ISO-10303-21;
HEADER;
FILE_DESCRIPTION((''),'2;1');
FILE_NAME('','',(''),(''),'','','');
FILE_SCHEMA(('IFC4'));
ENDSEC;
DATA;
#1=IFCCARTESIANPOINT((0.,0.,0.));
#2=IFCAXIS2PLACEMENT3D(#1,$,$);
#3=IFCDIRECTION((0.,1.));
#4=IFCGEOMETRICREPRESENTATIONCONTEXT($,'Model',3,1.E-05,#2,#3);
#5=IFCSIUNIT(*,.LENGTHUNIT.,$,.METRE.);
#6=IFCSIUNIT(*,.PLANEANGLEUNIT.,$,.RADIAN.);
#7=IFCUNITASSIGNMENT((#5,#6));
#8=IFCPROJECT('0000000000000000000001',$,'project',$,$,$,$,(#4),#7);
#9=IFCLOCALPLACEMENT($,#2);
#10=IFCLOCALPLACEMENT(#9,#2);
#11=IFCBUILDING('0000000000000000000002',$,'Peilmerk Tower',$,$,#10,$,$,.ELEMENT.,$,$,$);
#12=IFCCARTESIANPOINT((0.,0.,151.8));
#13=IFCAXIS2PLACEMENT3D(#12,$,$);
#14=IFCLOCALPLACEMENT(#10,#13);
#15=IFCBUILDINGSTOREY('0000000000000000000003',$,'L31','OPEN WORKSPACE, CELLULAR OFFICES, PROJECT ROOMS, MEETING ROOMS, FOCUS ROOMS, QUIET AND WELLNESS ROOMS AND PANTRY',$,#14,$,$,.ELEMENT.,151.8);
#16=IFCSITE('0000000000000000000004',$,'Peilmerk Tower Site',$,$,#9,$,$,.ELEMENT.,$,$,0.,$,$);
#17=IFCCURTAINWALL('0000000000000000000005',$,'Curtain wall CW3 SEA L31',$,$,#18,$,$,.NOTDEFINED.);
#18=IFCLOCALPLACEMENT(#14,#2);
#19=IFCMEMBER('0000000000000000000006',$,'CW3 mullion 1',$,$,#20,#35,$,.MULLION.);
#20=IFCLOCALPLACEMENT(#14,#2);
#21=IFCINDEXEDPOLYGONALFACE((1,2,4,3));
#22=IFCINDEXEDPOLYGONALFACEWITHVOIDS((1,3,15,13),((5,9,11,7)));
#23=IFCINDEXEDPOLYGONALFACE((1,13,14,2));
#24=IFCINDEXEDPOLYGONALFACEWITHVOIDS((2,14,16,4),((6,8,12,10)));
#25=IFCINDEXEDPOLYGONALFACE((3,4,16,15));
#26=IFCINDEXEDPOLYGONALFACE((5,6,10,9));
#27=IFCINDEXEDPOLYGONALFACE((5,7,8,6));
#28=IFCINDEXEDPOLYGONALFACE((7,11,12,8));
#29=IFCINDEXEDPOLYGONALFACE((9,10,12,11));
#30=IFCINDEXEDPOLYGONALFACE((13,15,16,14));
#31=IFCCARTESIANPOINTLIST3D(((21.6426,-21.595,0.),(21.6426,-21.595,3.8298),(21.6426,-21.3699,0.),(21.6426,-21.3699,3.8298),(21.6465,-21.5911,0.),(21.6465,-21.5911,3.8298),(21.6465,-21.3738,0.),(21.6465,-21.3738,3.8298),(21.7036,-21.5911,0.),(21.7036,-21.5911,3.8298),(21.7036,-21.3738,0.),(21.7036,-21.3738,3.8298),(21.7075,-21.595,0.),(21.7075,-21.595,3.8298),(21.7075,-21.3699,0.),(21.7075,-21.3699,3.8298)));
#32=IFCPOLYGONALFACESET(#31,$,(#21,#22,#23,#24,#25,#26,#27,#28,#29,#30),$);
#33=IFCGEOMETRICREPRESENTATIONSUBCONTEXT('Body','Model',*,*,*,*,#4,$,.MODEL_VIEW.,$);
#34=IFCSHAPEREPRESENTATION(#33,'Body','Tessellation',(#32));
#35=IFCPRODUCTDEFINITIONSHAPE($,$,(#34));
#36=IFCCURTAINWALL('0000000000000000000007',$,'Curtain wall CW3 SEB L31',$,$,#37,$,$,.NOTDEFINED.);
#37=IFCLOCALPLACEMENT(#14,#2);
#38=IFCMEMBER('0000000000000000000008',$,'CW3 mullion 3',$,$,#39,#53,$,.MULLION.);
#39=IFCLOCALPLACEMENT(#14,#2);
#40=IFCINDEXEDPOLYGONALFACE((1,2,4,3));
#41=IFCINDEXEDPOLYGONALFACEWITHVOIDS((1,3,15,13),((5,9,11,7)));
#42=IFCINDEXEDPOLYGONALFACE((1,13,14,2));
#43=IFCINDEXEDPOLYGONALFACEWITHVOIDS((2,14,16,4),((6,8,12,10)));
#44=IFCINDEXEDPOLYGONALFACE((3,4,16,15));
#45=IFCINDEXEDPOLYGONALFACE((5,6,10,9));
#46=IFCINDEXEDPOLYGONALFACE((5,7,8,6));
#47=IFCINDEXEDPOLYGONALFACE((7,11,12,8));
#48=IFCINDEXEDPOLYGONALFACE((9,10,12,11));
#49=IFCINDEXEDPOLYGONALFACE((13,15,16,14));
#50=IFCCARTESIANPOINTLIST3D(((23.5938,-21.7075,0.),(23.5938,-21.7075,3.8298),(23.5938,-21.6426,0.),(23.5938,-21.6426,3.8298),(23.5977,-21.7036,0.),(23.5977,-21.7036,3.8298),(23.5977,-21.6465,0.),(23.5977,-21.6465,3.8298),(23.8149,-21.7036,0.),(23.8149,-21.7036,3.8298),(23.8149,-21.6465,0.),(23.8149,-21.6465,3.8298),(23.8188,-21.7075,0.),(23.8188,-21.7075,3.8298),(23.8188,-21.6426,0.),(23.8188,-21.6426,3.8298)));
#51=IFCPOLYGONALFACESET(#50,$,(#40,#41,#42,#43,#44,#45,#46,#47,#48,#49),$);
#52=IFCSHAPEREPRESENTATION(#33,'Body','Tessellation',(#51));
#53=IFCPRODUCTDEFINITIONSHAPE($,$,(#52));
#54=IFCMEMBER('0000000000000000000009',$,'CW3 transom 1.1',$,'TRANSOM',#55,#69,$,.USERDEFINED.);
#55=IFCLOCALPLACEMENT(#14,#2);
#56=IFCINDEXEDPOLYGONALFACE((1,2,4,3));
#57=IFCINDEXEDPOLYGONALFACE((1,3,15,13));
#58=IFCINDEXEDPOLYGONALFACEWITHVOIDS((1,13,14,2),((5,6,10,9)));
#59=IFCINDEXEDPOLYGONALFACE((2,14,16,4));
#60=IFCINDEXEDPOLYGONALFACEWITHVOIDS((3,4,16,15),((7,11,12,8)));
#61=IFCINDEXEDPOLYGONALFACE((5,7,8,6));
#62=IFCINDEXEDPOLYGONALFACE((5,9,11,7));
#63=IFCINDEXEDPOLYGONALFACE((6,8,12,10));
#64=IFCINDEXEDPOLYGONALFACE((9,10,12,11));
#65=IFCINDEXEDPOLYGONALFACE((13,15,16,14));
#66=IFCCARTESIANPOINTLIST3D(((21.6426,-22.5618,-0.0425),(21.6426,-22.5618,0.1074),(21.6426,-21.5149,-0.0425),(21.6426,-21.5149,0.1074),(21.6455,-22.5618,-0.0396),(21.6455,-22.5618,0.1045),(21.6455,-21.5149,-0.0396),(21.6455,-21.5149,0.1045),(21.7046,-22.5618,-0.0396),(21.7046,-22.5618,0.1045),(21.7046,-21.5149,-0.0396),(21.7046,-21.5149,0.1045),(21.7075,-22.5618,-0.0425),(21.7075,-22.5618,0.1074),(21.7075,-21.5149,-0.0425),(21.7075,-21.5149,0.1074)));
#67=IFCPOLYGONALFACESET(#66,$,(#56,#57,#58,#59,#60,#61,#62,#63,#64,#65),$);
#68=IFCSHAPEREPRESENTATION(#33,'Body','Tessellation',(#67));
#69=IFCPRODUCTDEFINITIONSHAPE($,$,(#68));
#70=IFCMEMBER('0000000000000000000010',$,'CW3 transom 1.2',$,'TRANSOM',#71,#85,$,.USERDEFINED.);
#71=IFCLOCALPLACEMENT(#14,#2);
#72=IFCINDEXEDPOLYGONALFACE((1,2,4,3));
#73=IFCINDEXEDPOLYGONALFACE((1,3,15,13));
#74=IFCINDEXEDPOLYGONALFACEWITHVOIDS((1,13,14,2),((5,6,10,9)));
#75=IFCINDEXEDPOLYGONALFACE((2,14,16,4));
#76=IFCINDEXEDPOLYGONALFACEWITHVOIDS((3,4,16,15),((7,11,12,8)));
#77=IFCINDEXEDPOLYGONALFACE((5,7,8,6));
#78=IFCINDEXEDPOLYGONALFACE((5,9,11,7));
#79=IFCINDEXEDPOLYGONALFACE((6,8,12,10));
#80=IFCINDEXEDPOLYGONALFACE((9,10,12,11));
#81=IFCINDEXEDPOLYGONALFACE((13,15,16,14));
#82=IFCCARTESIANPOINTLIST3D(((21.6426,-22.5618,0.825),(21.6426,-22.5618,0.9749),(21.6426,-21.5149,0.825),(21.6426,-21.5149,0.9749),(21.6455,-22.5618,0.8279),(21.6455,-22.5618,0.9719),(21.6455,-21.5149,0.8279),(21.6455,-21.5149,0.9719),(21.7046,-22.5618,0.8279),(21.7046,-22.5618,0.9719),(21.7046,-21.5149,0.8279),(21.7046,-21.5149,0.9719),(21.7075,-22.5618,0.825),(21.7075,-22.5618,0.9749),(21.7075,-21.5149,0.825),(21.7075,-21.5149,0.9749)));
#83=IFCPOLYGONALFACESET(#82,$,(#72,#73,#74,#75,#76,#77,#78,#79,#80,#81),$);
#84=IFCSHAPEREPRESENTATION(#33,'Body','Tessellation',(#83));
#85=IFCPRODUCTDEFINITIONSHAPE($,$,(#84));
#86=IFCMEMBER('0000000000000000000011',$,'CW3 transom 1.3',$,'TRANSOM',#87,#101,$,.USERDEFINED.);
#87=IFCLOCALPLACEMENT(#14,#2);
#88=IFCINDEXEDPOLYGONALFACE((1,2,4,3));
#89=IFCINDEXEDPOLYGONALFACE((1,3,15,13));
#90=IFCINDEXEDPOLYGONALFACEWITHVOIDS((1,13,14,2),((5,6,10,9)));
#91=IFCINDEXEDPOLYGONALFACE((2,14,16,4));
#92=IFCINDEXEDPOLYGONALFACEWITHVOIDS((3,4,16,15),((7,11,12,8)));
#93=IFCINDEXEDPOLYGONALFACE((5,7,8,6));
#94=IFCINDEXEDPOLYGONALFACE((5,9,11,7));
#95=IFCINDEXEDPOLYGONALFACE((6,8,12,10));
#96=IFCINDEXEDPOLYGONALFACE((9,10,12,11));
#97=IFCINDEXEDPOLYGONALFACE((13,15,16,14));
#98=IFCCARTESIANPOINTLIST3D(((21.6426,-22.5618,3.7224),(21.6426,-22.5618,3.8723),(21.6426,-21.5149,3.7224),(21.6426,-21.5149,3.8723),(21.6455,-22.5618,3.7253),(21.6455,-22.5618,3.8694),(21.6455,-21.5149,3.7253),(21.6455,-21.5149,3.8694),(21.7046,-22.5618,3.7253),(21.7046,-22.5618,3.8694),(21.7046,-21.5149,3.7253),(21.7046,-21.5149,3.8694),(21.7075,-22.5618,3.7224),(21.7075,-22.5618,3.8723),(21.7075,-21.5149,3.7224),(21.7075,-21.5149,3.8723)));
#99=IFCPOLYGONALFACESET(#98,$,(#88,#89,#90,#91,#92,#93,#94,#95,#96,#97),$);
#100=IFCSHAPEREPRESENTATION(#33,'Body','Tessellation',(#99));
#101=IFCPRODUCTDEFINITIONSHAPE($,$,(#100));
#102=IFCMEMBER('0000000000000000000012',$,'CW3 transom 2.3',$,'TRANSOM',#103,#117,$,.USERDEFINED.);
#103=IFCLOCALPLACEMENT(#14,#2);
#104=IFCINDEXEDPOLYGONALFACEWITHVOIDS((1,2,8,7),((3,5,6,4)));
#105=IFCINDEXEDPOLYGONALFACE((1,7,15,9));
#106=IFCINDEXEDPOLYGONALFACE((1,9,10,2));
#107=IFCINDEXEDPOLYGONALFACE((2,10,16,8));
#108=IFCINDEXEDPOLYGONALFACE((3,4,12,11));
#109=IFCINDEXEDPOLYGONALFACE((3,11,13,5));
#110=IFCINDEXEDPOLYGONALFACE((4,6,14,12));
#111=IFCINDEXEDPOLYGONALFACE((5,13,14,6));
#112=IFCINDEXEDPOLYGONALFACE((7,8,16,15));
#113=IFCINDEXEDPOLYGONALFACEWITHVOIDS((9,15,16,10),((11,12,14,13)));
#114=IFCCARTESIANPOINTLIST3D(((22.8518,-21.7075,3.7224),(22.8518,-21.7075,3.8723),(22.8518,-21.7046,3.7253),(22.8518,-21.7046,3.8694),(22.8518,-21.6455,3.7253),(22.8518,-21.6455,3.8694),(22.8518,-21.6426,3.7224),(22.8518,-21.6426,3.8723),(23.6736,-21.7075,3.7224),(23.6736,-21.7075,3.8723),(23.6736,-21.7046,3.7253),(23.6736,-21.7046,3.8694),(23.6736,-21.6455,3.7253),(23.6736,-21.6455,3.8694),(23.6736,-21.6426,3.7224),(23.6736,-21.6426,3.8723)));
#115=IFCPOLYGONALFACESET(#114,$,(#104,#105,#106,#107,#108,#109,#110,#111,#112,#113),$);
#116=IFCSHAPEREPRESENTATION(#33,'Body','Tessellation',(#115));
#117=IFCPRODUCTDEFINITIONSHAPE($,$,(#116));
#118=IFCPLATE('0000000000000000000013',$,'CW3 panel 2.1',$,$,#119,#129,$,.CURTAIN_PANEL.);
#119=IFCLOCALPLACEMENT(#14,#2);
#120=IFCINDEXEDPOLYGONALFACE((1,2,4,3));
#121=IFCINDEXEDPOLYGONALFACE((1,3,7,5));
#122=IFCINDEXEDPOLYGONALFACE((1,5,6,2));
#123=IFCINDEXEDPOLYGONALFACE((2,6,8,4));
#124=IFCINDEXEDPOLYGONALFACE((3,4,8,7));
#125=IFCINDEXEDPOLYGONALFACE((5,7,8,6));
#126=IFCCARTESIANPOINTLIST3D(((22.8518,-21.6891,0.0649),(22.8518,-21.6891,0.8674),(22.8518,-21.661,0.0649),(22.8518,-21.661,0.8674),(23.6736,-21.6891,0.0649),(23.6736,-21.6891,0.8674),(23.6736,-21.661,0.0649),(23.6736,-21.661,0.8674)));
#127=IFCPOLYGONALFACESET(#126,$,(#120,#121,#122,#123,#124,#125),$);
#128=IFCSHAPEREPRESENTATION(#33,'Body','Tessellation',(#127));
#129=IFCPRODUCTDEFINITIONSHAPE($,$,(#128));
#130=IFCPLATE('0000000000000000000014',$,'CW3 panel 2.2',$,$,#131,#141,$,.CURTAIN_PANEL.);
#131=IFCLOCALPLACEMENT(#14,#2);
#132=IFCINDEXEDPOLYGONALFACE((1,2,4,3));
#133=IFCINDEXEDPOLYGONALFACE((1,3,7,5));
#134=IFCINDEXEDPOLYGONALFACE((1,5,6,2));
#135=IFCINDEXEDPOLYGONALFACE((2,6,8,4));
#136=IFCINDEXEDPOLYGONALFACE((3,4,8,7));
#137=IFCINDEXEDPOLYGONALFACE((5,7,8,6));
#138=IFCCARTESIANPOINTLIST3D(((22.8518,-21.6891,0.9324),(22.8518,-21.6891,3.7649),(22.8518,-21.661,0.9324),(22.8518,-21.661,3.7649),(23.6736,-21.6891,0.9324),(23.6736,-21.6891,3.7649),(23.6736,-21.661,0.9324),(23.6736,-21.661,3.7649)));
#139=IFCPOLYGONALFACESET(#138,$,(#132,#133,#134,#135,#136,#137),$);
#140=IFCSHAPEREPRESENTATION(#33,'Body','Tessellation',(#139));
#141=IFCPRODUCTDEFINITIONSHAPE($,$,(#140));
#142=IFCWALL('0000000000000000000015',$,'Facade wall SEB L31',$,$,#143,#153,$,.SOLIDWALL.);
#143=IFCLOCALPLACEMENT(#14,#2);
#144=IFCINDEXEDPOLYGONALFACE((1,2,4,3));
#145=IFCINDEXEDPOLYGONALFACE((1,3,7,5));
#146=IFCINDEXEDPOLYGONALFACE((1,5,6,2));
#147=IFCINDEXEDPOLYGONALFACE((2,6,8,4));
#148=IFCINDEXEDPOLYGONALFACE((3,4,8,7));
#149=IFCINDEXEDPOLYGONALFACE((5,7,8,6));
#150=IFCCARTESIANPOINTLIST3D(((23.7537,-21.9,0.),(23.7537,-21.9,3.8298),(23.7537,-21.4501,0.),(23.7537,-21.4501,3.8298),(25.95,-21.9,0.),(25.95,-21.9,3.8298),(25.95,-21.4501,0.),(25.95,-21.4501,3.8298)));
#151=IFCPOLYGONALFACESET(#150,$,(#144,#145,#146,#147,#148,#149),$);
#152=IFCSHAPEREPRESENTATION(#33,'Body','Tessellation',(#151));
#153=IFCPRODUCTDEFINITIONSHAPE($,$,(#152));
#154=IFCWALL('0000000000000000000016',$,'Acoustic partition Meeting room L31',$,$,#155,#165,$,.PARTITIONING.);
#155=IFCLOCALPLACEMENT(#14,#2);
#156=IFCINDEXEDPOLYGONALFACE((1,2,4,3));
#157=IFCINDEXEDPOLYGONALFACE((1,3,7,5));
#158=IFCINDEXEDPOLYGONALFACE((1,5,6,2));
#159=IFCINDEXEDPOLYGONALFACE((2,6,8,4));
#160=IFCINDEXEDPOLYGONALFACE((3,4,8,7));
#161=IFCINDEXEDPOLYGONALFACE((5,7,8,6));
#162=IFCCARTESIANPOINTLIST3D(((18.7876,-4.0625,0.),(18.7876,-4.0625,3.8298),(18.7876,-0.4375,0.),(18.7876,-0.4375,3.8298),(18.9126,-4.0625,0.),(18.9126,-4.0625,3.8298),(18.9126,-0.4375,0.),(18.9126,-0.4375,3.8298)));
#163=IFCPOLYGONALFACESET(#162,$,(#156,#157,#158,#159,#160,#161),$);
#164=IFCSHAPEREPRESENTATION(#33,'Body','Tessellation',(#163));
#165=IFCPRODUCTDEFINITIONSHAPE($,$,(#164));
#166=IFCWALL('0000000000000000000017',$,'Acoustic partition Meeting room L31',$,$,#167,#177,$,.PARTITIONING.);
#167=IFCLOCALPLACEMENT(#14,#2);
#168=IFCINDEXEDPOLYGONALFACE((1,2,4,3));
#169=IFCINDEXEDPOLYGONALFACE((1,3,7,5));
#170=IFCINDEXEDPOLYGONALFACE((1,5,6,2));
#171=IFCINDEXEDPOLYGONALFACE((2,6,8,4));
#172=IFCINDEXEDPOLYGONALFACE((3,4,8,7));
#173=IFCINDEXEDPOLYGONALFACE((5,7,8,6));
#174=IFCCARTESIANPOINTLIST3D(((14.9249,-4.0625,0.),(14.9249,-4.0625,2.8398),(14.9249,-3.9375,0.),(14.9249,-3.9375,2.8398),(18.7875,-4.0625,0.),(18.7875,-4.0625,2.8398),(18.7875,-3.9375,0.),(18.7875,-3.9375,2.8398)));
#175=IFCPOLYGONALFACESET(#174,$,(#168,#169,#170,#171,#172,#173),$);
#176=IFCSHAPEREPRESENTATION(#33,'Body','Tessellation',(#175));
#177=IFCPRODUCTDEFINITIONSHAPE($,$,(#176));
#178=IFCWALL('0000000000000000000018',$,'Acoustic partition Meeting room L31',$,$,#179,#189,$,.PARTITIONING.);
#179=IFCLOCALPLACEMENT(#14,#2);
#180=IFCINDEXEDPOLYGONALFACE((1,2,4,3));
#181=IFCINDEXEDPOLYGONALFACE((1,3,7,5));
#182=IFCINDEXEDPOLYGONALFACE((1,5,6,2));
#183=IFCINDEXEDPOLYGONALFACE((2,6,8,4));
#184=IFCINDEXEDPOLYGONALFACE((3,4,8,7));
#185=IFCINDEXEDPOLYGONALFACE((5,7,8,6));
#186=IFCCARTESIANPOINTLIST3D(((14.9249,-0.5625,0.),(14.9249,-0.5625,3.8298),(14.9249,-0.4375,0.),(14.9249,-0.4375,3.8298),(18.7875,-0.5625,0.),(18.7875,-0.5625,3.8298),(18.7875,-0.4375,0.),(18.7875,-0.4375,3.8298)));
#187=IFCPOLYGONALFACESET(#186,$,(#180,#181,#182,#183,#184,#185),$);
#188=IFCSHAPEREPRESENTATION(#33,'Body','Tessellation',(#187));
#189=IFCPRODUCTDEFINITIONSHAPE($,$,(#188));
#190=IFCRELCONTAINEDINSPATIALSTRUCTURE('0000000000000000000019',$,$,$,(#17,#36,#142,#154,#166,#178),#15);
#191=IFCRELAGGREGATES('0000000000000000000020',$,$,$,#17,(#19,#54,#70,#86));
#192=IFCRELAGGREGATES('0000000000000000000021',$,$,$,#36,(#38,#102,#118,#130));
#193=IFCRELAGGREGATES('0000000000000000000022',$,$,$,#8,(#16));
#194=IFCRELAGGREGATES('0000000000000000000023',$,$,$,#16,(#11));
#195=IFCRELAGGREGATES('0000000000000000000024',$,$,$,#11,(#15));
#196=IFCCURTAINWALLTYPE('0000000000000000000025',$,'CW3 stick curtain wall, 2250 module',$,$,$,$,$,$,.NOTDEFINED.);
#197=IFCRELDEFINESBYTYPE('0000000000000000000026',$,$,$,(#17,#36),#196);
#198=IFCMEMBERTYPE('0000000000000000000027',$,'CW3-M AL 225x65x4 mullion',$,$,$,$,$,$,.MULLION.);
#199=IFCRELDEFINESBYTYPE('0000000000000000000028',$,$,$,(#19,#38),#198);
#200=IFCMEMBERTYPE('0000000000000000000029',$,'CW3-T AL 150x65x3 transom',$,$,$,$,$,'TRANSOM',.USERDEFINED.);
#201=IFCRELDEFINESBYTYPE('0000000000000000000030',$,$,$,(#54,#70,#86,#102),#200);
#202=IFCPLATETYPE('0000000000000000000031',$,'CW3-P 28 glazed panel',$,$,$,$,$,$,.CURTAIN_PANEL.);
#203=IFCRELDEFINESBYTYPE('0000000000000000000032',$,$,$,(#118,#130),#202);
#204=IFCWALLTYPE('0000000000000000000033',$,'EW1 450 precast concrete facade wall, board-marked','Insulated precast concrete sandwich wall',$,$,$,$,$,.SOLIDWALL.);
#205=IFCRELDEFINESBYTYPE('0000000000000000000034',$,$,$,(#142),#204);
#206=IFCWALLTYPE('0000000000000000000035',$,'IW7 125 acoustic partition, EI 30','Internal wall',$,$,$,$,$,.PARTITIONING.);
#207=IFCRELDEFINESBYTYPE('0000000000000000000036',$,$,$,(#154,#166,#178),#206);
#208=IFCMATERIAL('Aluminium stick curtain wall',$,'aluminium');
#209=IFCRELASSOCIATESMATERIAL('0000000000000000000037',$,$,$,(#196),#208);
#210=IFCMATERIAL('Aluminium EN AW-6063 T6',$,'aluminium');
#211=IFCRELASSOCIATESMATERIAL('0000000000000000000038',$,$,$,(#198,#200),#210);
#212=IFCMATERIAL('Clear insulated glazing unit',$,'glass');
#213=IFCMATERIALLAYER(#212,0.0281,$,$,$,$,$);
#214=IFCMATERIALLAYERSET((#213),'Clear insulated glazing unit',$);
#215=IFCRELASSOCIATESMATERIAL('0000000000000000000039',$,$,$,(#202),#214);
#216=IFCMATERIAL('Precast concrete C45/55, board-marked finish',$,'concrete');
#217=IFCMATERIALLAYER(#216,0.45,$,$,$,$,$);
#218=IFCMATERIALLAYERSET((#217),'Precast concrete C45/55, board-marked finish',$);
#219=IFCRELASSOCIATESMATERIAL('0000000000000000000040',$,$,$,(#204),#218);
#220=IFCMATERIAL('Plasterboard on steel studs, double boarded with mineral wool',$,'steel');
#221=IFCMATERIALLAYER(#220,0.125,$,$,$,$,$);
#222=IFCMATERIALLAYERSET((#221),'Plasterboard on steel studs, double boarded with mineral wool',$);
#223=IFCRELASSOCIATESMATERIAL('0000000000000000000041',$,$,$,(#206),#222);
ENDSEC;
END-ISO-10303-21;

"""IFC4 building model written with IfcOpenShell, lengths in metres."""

from ifc_helpers import new_model, si_unit, direction, frame, frame_2d, origin, origin_2d, place, context, subcontext, project, spatial, rectangle, hollow_rectangle, extrude, material, layer, layer_set, material_profile, profile_set, type_object, element, aggregate, save


model = new_model("IFC4")

# Units and contexts
model_context = context("Model", 3, precision=1e-05, world=origin(), true_north=direction((0.0, 1.0)))
body_context = subcontext(model_context, "Body", "Model", "MODEL_VIEW")
ifc_project = project(units=[si_unit("LENGTHUNIT", "METRE"), si_unit("PLANEANGLEUNIT", "RADIAN")], contexts=[model_context])

# Site, building, storey
site_placement = place(None, origin())
site = spatial("IfcSite", under=ifc_project, at=site_placement, Name="Peilmerk Tower Site", CompositionType="ELEMENT", RefElevation=0.0)
building_placement = place(site_placement, origin())
building = spatial("IfcBuilding", under=site, at=building_placement, Name="Peilmerk Tower", CompositionType="ELEMENT")
storey_placement = place(building_placement, frame((0.0, 0.0, 151.8)))
storey = spatial("IfcBuildingStorey", under=building, at=storey_placement, Name="L31", Description="OPEN WORKSPACE, CELLULAR OFFICES, PROJECT ROOMS, MEETING ROOMS, FOCUS ROOMS, QUIET AND WELLNESS ROOMS AND PANTRY", CompositionType="ELEMENT", Elevation=151.8)

# Curtain walls, members
ifc_material_1 = material(Name="Aluminium stick curtain wall", Category="aluminium")
curtain_wall_type = type_object("IfcCurtainWallType", Name="CW3 stick curtain wall, 2250 module", PredefinedType="NOTDEFINED", material=ifc_material_1)
curtain_wall_1_placement = place(storey_placement, origin())
curtain_wall_1 = element("IfcCurtainWall", 1, at=curtain_wall_1_placement, inside=storey, type_object=curtain_wall_type, Name="Curtain wall CW3 SEA L31", PredefinedType="NOTDEFINED")
ifc_material_2 = material(Name="Aluminium EN AW-6063 T6", Category="aluminium")
ifc_material_profile_1 = material_profile(ifc_material_2, hollow_rectangle(XDim=0.0649, YDim=0.2251, WallThickness=0.0039, at=origin_2d()), Name="AL 225x65x4")
ifc_profile_set_1 = profile_set([ifc_material_profile_1], Name="Aluminium EN AW-6063 T6")
member_type_1 = type_object("IfcMemberType", Name="CW3-M AL 225x65x4 mullion", PredefinedType="MULLION", material=ifc_profile_set_1)
member_1_placement = place(storey_placement, frame((21.675, -21.4824, 0.0), z_axis=(0.0, 0.0, 1.0), x_axis=(1.0, 0.0, 0.0)))
member_1 = element("IfcMember", 2, at=member_1_placement, type_object=member_type_1, Name="CW3 mullion 1", PredefinedType="MULLION", context=body_context, shape_type="SweptSolid", body=[
    extrude(hollow_rectangle(XDim=0.0649, YDim=0.2251, WallThickness=0.0039, at=origin_2d()), origin(), (0.0, 0.0, 1.0), 3.8298),
])
curtain_wall_2_placement = place(storey_placement, origin())
curtain_wall_2 = element("IfcCurtainWall", 3, at=curtain_wall_2_placement, inside=storey, type_object=curtain_wall_type, Name="Curtain wall CW3 SEB L31", PredefinedType="NOTDEFINED")
member_2_placement = place(storey_placement, frame((23.7063, -21.675, 0.0), z_axis=(0.0, 0.0, 1.0), x_axis=(0.0, 1.0, 0.0)))
member_2 = element("IfcMember", 4, at=member_2_placement, type_object=member_type_1, Name="CW3 mullion 3", PredefinedType="MULLION", context=body_context, shape_type="SweptSolid", body=[
    extrude(hollow_rectangle(XDim=0.0649, YDim=0.2251, WallThickness=0.0039, at=origin_2d()), origin(), (0.0, 0.0, 1.0), 3.8298),
])

# Members
ifc_material_profile_2 = material_profile(ifc_material_2, hollow_rectangle(XDim=0.0649, YDim=0.1499, WallThickness=0.0029, at=origin_2d()), Name="AL 150x65x3")
ifc_profile_set_2 = profile_set([ifc_material_profile_2], Name="Aluminium EN AW-6063 T6")
member_type_2 = type_object("IfcMemberType", Name="CW3-T AL 150x65x3 transom", ElementType="TRANSOM", PredefinedType="USERDEFINED", material=ifc_profile_set_2)
member_3_placement = place(storey_placement, frame((21.675, -21.5149, 0.0325), z_axis=(0.0, -1.0, 0.0), x_axis=(1.0, 0.0, 0.0)))
member_3 = element("IfcMember", 5, at=member_3_placement, type_object=member_type_2, Name="CW3 transom 1.1", ObjectType="TRANSOM", PredefinedType="USERDEFINED", context=body_context, shape_type="SweptSolid", body=[
    extrude(hollow_rectangle(XDim=0.0649, YDim=0.1499, WallThickness=0.0029, at=origin_2d()), origin(), (0.0, 0.0, 1.0), 1.0469),
])
member_4_placement = place(storey_placement, frame((21.675, -21.5149, 0.8999), z_axis=(0.0, -1.0, 0.0), x_axis=(1.0, 0.0, 0.0)))
member_4 = element("IfcMember", 6, at=member_4_placement, type_object=member_type_2, Name="CW3 transom 1.2", ObjectType="TRANSOM", PredefinedType="USERDEFINED", context=body_context, shape_type="SweptSolid", body=[
    extrude(hollow_rectangle(XDim=0.0649, YDim=0.1499, WallThickness=0.0029, at=origin_2d()), origin(), (0.0, 0.0, 1.0), 1.0469),
])
member_5_placement = place(storey_placement, frame((21.675, -21.5149, 3.7974), z_axis=(0.0, -1.0, 0.0), x_axis=(1.0, 0.0, 0.0)))
member_5 = element("IfcMember", 7, at=member_5_placement, type_object=member_type_2, Name="CW3 transom 1.3", ObjectType="TRANSOM", PredefinedType="USERDEFINED", context=body_context, shape_type="SweptSolid", body=[
    extrude(hollow_rectangle(XDim=0.0649, YDim=0.1499, WallThickness=0.0029, at=origin_2d()), origin(), (0.0, 0.0, 1.0), 1.0469),
])
aggregate(curtain_wall_1, [member_1, member_3, member_4, member_5])
member_6_placement = place(storey_placement, frame((22.8518, -21.675, 3.7974), z_axis=(1.0, 0.0, 0.0), x_axis=(0.0, 1.0, 0.0)))
member_6 = element("IfcMember", 8, at=member_6_placement, type_object=member_type_2, Name="CW3 transom 2.3", ObjectType="TRANSOM", PredefinedType="USERDEFINED", context=body_context, shape_type="SweptSolid", body=[
    extrude(hollow_rectangle(XDim=0.0649, YDim=0.1499, WallThickness=0.0029, at=origin_2d()), origin(), (0.0, 0.0, 1.0), 0.8218),
])

# Plates
ifc_material_3 = material(Name="Clear insulated glazing unit", Category="glass")
ifc_layer_1 = layer(ifc_material_3, 0.0281)
ifc_layer_set_1 = layer_set([ifc_layer_1], Name="Clear insulated glazing unit")
plate_type = type_object("IfcPlateType", Name="CW3-P 28 glazed panel", PredefinedType="CURTAIN_PANEL", material=ifc_layer_set_1)
plate_1_placement = place(storey_placement, frame((23.2627, -21.675, 0.0649), z_axis=(0.0, 0.0, 1.0), x_axis=(1.0, 0.0, 0.0)))
plate_1 = element("IfcPlate", 9, at=plate_1_placement, type_object=plate_type, Name="CW3 panel 2.1", PredefinedType="CURTAIN_PANEL", context=body_context, shape_type="SweptSolid", body=[
    extrude(rectangle(XDim=0.8218, YDim=0.0281, at=origin_2d()), origin(), (0.0, 0.0, 1.0), 0.8025),
])
plate_2_placement = place(storey_placement, frame((23.2627, -21.675, 0.9324), z_axis=(0.0, 0.0, 1.0), x_axis=(1.0, 0.0, 0.0)))
plate_2 = element("IfcPlate", 10, at=plate_2_placement, type_object=plate_type, Name="CW3 panel 2.2", PredefinedType="CURTAIN_PANEL", context=body_context, shape_type="SweptSolid", body=[
    extrude(rectangle(XDim=0.8218, YDim=0.0281, at=origin_2d()), origin(), (0.0, 0.0, 1.0), 2.8325),
])
aggregate(curtain_wall_2, [member_2, member_6, plate_1, plate_2])

# Walls
ifc_material_4 = material(Name="Precast concrete C45/55, board-marked finish", Category="concrete")
ifc_layer_2 = layer(ifc_material_4, 0.45)
ifc_layer_set_2 = layer_set([ifc_layer_2], Name="Precast concrete C45/55, board-marked finish")
wall_type_1 = type_object("IfcWallType", Name="EW1 450 precast concrete facade wall, board-marked", Description="Insulated precast concrete sandwich wall", PredefinedType="SOLIDWALL", material=ifc_layer_set_2)
wall_1_placement = place(storey_placement, frame((23.7537, -21.675, 0.0), z_axis=(0.0, 0.0, 1.0), x_axis=(1.0, 0.0, 0.0)))
element("IfcWall", 11, at=wall_1_placement, inside=storey, type_object=wall_type_1, Name="Facade wall SEB L31", PredefinedType="SOLIDWALL", context=body_context, shape_type="SweptSolid", body=[
    extrude(rectangle(XDim=2.1963, YDim=0.45, at=frame_2d((1.0981, 0.0))), origin(), (0.0, 0.0, 1.0), 3.8298),
])
ifc_material_5 = material(Name="Plasterboard on steel studs, double boarded with mineral wool", Category="steel")
ifc_layer_3 = layer(ifc_material_5, 0.125)
ifc_layer_set_3 = layer_set([ifc_layer_3], Name="Plasterboard on steel studs, double boarded with mineral wool")
wall_type_2 = type_object("IfcWallType", Name="IW7 125 acoustic partition, EI 30", Description="Internal wall", PredefinedType="PARTITIONING", material=ifc_layer_set_3)
wall_2_placement = place(storey_placement, frame((18.8501, -4.0625, 0.0), z_axis=(0.0, 0.0, 1.0), x_axis=(0.0, 1.0, 0.0)))
element("IfcWall", 12, at=wall_2_placement, inside=storey, type_object=wall_type_2, Name="Acoustic partition Meeting room L31", PredefinedType="PARTITIONING", context=body_context, shape_type="SweptSolid", body=[
    extrude(rectangle(XDim=3.625, YDim=0.125, at=frame_2d((1.8125, 0.0))), origin(), (0.0, 0.0, 1.0), 3.8298),
])
wall_3_placement = place(storey_placement, frame((14.925, -4.0, 0.0), z_axis=(0.0, 0.0, 1.0), x_axis=(1.0, 0.0, 0.0)))
element("IfcWall", 13, at=wall_3_placement, inside=storey, type_object=wall_type_2, Name="Acoustic partition Meeting room L31", PredefinedType="PARTITIONING", context=body_context, shape_type="SweptSolid", body=[
    extrude(rectangle(XDim=3.8625, YDim=0.125, at=frame_2d((1.9312, 0.0))), origin(), (0.0, 0.0, 1.0), 2.8398),
])
wall_4_placement = place(storey_placement, frame((14.925, -0.5, 0.0), z_axis=(0.0, 0.0, 1.0), x_axis=(1.0, 0.0, 0.0)))
element("IfcWall", 14, at=wall_4_placement, inside=storey, type_object=wall_type_2, Name="Acoustic partition Meeting room L31", PredefinedType="PARTITIONING", context=body_context, shape_type="SweptSolid", body=[
    extrude(rectangle(XDim=3.8625, YDim=0.125, at=frame_2d((1.9312, 0.0))), origin(), (0.0, 0.0, 1.0), 3.8298),
])

save(model, "model.ifc")
